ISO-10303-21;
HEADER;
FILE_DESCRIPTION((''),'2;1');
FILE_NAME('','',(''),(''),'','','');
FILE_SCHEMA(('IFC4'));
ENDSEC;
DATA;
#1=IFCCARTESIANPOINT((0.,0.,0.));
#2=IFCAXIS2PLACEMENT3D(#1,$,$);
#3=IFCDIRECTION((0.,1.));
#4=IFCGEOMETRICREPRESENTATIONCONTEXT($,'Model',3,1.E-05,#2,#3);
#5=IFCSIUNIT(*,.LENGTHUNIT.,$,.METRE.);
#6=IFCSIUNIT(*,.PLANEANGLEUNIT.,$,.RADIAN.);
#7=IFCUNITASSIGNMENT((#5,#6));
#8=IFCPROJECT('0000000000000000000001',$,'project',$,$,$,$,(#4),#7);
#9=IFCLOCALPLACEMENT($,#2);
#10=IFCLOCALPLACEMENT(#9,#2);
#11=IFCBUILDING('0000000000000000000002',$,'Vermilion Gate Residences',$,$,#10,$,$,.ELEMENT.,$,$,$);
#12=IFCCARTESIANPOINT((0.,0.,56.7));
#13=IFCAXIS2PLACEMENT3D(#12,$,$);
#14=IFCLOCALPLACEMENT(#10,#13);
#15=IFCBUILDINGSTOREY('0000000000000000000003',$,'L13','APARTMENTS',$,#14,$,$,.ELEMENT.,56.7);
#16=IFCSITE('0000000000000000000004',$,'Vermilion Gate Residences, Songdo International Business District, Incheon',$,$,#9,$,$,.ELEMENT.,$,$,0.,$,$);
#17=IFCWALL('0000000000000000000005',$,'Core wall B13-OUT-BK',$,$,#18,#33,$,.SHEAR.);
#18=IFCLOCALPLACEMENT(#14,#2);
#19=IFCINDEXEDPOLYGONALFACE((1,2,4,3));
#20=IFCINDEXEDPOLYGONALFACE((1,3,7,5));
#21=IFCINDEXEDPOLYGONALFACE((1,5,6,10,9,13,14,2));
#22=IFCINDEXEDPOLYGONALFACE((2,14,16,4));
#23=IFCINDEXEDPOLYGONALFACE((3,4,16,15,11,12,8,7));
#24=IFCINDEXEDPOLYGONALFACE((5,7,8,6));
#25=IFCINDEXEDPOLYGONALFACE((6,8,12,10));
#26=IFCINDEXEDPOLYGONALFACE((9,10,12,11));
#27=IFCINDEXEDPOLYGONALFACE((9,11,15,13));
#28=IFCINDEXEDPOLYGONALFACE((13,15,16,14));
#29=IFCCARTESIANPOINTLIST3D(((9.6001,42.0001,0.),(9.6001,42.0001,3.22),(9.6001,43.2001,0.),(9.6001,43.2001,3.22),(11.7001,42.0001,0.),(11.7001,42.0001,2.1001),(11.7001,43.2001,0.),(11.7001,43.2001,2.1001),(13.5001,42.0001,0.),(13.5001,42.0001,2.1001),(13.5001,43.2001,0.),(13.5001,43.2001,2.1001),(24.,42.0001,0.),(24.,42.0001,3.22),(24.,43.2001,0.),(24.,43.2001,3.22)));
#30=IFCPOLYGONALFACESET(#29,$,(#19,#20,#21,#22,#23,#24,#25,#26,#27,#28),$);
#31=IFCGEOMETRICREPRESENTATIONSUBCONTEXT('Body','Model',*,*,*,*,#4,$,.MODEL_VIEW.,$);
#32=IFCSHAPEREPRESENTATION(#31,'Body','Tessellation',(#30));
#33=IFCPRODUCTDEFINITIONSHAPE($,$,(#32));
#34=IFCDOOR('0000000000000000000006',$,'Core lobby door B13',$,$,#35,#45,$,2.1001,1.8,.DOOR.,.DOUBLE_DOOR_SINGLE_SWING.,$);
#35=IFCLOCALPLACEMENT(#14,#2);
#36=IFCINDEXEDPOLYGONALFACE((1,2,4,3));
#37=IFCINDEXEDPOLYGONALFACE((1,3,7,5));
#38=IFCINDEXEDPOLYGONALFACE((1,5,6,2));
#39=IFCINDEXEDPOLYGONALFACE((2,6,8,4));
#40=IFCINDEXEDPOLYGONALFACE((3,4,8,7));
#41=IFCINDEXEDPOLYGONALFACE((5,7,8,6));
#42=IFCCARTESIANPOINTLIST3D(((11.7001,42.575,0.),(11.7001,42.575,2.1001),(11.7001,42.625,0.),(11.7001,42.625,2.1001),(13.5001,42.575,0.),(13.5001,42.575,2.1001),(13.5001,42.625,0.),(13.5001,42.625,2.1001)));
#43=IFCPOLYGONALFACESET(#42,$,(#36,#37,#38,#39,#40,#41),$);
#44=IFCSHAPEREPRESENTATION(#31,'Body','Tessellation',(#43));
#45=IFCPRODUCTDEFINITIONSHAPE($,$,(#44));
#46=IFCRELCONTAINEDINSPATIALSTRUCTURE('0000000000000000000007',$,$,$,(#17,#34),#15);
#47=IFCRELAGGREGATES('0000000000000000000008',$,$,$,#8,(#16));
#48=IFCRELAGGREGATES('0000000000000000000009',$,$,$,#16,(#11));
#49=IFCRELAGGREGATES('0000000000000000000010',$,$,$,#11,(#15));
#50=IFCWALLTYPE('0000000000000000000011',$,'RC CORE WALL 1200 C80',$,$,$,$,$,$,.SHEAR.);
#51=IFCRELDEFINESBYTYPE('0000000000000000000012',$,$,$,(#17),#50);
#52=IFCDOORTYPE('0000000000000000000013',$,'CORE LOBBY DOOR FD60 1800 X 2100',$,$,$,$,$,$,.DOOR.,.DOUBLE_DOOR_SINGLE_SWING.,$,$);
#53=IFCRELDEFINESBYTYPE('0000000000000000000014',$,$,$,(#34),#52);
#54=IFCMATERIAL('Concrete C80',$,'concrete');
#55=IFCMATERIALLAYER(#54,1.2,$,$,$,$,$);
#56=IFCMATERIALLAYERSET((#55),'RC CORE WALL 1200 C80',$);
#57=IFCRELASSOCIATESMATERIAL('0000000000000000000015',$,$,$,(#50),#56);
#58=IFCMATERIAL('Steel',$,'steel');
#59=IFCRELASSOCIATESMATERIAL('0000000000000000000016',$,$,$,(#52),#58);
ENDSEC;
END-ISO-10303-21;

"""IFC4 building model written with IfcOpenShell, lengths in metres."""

from ifc_helpers import new_model, si_unit, direction, frame, frame_2d, origin, place, context, subcontext, project, spatial, rectangle, extrude, material, layer, layer_set, type_object, element, fill, save


model = new_model("IFC4")

# Units and contexts
model_context = context("Model", 3, precision=1e-05, world=origin(), true_north=direction((0.0, 1.0)))
body_context = subcontext(model_context, "Body", "Model", "MODEL_VIEW")
ifc_project = project(units=[si_unit("LENGTHUNIT", "METRE"), si_unit("PLANEANGLEUNIT", "RADIAN")], contexts=[model_context])

# Site, building, storey
site_placement = place(None, origin())
site = spatial("IfcSite", under=ifc_project, at=site_placement, Name="Vermilion Gate Residences, Songdo International Business District, Incheon", CompositionType="ELEMENT", RefElevation=0.0)
building_placement = place(site_placement, origin())
building = spatial("IfcBuilding", under=site, at=building_placement, Name="Vermilion Gate Residences", CompositionType="ELEMENT")
storey_placement = place(building_placement, frame((0.0, 0.0, 56.7)))
storey = spatial("IfcBuildingStorey", under=building, at=storey_placement, Name="L13", Description="APARTMENTS", CompositionType="ELEMENT", Elevation=56.7)

# Wall, opening, door
ifc_material_1 = material(Name="Concrete C80", Category="concrete")
ifc_layer_1 = layer(ifc_material_1, 1.2)
ifc_layer_set_1 = layer_set([ifc_layer_1], Name="RC CORE WALL 1200 C80")
wall_type_1 = type_object("IfcWallType", Name="RC CORE WALL 1200 C80", PredefinedType="SHEAR", material=ifc_layer_set_1)
wall_1_placement = place(storey_placement, frame((9.6001, 42.6001, 0.0), z_axis=(0.0, 0.0, 1.0), x_axis=(1.0, 0.0, 0.0)))
wall_1 = element("IfcWall", 1, at=wall_1_placement, inside=storey, type_object=wall_type_1, Name="Core wall B13-OUT-BK", PredefinedType="SHEAR", context=body_context, shape_type="SweptSolid", body=[
    extrude(rectangle(XDim=14.3999, YDim=1.2, at=frame_2d((7.2, 0.0))), origin(), (0.0, 0.0, 1.0), 3.22),
])
opening_1_placement = place(wall_1_placement, frame((2.1001, 0.0, 0.0)))
opening_1 = element("IfcOpeningElement", 2, at=opening_1_placement, cuts=wall_1, PredefinedType="OPENING", context=body_context, shape_type="SweptSolid", body=[
    extrude(rectangle(XDim=1.8, YDim=2.1001, at=frame_2d((0.8999, 1.05))), frame((0.0, 0.6099, 0.0), z_axis=(0.0, -1.0, 0.0), x_axis=(1.0, 0.0, 0.0)), (0.0, 0.0, 1.0), 1.22),
])
ifc_material_2 = material(Name="Steel", Category="steel")
door_type_1 = type_object("IfcDoorType", Name="CORE LOBBY DOOR FD60 1800 X 2100", OperationType="DOUBLE_DOOR_SINGLE_SWING", PredefinedType="DOOR", material=ifc_material_2)
door_1_placement = place(opening_1_placement, origin())
door_1 = element("IfcDoor", 3, at=door_1_placement, inside=storey, type_object=door_type_1, Name="Core lobby door B13", OperationType="DOUBLE_DOOR_SINGLE_SWING", OverallHeight=2.1001, OverallWidth=1.8, PredefinedType="DOOR", context=body_context, shape_type="SweptSolid", body=[
    extrude(rectangle(XDim=1.8, YDim=2.1001, at=frame_2d((0.8999, 1.05))), frame((0.0, 0.0249, 0.0), z_axis=(0.0, -1.0, 0.0), x_axis=(1.0, 0.0, 0.0)), (0.0, 0.0, 1.0), 0.05),
])
fill(opening_1, door_1)

save(model, "model.ifc")
